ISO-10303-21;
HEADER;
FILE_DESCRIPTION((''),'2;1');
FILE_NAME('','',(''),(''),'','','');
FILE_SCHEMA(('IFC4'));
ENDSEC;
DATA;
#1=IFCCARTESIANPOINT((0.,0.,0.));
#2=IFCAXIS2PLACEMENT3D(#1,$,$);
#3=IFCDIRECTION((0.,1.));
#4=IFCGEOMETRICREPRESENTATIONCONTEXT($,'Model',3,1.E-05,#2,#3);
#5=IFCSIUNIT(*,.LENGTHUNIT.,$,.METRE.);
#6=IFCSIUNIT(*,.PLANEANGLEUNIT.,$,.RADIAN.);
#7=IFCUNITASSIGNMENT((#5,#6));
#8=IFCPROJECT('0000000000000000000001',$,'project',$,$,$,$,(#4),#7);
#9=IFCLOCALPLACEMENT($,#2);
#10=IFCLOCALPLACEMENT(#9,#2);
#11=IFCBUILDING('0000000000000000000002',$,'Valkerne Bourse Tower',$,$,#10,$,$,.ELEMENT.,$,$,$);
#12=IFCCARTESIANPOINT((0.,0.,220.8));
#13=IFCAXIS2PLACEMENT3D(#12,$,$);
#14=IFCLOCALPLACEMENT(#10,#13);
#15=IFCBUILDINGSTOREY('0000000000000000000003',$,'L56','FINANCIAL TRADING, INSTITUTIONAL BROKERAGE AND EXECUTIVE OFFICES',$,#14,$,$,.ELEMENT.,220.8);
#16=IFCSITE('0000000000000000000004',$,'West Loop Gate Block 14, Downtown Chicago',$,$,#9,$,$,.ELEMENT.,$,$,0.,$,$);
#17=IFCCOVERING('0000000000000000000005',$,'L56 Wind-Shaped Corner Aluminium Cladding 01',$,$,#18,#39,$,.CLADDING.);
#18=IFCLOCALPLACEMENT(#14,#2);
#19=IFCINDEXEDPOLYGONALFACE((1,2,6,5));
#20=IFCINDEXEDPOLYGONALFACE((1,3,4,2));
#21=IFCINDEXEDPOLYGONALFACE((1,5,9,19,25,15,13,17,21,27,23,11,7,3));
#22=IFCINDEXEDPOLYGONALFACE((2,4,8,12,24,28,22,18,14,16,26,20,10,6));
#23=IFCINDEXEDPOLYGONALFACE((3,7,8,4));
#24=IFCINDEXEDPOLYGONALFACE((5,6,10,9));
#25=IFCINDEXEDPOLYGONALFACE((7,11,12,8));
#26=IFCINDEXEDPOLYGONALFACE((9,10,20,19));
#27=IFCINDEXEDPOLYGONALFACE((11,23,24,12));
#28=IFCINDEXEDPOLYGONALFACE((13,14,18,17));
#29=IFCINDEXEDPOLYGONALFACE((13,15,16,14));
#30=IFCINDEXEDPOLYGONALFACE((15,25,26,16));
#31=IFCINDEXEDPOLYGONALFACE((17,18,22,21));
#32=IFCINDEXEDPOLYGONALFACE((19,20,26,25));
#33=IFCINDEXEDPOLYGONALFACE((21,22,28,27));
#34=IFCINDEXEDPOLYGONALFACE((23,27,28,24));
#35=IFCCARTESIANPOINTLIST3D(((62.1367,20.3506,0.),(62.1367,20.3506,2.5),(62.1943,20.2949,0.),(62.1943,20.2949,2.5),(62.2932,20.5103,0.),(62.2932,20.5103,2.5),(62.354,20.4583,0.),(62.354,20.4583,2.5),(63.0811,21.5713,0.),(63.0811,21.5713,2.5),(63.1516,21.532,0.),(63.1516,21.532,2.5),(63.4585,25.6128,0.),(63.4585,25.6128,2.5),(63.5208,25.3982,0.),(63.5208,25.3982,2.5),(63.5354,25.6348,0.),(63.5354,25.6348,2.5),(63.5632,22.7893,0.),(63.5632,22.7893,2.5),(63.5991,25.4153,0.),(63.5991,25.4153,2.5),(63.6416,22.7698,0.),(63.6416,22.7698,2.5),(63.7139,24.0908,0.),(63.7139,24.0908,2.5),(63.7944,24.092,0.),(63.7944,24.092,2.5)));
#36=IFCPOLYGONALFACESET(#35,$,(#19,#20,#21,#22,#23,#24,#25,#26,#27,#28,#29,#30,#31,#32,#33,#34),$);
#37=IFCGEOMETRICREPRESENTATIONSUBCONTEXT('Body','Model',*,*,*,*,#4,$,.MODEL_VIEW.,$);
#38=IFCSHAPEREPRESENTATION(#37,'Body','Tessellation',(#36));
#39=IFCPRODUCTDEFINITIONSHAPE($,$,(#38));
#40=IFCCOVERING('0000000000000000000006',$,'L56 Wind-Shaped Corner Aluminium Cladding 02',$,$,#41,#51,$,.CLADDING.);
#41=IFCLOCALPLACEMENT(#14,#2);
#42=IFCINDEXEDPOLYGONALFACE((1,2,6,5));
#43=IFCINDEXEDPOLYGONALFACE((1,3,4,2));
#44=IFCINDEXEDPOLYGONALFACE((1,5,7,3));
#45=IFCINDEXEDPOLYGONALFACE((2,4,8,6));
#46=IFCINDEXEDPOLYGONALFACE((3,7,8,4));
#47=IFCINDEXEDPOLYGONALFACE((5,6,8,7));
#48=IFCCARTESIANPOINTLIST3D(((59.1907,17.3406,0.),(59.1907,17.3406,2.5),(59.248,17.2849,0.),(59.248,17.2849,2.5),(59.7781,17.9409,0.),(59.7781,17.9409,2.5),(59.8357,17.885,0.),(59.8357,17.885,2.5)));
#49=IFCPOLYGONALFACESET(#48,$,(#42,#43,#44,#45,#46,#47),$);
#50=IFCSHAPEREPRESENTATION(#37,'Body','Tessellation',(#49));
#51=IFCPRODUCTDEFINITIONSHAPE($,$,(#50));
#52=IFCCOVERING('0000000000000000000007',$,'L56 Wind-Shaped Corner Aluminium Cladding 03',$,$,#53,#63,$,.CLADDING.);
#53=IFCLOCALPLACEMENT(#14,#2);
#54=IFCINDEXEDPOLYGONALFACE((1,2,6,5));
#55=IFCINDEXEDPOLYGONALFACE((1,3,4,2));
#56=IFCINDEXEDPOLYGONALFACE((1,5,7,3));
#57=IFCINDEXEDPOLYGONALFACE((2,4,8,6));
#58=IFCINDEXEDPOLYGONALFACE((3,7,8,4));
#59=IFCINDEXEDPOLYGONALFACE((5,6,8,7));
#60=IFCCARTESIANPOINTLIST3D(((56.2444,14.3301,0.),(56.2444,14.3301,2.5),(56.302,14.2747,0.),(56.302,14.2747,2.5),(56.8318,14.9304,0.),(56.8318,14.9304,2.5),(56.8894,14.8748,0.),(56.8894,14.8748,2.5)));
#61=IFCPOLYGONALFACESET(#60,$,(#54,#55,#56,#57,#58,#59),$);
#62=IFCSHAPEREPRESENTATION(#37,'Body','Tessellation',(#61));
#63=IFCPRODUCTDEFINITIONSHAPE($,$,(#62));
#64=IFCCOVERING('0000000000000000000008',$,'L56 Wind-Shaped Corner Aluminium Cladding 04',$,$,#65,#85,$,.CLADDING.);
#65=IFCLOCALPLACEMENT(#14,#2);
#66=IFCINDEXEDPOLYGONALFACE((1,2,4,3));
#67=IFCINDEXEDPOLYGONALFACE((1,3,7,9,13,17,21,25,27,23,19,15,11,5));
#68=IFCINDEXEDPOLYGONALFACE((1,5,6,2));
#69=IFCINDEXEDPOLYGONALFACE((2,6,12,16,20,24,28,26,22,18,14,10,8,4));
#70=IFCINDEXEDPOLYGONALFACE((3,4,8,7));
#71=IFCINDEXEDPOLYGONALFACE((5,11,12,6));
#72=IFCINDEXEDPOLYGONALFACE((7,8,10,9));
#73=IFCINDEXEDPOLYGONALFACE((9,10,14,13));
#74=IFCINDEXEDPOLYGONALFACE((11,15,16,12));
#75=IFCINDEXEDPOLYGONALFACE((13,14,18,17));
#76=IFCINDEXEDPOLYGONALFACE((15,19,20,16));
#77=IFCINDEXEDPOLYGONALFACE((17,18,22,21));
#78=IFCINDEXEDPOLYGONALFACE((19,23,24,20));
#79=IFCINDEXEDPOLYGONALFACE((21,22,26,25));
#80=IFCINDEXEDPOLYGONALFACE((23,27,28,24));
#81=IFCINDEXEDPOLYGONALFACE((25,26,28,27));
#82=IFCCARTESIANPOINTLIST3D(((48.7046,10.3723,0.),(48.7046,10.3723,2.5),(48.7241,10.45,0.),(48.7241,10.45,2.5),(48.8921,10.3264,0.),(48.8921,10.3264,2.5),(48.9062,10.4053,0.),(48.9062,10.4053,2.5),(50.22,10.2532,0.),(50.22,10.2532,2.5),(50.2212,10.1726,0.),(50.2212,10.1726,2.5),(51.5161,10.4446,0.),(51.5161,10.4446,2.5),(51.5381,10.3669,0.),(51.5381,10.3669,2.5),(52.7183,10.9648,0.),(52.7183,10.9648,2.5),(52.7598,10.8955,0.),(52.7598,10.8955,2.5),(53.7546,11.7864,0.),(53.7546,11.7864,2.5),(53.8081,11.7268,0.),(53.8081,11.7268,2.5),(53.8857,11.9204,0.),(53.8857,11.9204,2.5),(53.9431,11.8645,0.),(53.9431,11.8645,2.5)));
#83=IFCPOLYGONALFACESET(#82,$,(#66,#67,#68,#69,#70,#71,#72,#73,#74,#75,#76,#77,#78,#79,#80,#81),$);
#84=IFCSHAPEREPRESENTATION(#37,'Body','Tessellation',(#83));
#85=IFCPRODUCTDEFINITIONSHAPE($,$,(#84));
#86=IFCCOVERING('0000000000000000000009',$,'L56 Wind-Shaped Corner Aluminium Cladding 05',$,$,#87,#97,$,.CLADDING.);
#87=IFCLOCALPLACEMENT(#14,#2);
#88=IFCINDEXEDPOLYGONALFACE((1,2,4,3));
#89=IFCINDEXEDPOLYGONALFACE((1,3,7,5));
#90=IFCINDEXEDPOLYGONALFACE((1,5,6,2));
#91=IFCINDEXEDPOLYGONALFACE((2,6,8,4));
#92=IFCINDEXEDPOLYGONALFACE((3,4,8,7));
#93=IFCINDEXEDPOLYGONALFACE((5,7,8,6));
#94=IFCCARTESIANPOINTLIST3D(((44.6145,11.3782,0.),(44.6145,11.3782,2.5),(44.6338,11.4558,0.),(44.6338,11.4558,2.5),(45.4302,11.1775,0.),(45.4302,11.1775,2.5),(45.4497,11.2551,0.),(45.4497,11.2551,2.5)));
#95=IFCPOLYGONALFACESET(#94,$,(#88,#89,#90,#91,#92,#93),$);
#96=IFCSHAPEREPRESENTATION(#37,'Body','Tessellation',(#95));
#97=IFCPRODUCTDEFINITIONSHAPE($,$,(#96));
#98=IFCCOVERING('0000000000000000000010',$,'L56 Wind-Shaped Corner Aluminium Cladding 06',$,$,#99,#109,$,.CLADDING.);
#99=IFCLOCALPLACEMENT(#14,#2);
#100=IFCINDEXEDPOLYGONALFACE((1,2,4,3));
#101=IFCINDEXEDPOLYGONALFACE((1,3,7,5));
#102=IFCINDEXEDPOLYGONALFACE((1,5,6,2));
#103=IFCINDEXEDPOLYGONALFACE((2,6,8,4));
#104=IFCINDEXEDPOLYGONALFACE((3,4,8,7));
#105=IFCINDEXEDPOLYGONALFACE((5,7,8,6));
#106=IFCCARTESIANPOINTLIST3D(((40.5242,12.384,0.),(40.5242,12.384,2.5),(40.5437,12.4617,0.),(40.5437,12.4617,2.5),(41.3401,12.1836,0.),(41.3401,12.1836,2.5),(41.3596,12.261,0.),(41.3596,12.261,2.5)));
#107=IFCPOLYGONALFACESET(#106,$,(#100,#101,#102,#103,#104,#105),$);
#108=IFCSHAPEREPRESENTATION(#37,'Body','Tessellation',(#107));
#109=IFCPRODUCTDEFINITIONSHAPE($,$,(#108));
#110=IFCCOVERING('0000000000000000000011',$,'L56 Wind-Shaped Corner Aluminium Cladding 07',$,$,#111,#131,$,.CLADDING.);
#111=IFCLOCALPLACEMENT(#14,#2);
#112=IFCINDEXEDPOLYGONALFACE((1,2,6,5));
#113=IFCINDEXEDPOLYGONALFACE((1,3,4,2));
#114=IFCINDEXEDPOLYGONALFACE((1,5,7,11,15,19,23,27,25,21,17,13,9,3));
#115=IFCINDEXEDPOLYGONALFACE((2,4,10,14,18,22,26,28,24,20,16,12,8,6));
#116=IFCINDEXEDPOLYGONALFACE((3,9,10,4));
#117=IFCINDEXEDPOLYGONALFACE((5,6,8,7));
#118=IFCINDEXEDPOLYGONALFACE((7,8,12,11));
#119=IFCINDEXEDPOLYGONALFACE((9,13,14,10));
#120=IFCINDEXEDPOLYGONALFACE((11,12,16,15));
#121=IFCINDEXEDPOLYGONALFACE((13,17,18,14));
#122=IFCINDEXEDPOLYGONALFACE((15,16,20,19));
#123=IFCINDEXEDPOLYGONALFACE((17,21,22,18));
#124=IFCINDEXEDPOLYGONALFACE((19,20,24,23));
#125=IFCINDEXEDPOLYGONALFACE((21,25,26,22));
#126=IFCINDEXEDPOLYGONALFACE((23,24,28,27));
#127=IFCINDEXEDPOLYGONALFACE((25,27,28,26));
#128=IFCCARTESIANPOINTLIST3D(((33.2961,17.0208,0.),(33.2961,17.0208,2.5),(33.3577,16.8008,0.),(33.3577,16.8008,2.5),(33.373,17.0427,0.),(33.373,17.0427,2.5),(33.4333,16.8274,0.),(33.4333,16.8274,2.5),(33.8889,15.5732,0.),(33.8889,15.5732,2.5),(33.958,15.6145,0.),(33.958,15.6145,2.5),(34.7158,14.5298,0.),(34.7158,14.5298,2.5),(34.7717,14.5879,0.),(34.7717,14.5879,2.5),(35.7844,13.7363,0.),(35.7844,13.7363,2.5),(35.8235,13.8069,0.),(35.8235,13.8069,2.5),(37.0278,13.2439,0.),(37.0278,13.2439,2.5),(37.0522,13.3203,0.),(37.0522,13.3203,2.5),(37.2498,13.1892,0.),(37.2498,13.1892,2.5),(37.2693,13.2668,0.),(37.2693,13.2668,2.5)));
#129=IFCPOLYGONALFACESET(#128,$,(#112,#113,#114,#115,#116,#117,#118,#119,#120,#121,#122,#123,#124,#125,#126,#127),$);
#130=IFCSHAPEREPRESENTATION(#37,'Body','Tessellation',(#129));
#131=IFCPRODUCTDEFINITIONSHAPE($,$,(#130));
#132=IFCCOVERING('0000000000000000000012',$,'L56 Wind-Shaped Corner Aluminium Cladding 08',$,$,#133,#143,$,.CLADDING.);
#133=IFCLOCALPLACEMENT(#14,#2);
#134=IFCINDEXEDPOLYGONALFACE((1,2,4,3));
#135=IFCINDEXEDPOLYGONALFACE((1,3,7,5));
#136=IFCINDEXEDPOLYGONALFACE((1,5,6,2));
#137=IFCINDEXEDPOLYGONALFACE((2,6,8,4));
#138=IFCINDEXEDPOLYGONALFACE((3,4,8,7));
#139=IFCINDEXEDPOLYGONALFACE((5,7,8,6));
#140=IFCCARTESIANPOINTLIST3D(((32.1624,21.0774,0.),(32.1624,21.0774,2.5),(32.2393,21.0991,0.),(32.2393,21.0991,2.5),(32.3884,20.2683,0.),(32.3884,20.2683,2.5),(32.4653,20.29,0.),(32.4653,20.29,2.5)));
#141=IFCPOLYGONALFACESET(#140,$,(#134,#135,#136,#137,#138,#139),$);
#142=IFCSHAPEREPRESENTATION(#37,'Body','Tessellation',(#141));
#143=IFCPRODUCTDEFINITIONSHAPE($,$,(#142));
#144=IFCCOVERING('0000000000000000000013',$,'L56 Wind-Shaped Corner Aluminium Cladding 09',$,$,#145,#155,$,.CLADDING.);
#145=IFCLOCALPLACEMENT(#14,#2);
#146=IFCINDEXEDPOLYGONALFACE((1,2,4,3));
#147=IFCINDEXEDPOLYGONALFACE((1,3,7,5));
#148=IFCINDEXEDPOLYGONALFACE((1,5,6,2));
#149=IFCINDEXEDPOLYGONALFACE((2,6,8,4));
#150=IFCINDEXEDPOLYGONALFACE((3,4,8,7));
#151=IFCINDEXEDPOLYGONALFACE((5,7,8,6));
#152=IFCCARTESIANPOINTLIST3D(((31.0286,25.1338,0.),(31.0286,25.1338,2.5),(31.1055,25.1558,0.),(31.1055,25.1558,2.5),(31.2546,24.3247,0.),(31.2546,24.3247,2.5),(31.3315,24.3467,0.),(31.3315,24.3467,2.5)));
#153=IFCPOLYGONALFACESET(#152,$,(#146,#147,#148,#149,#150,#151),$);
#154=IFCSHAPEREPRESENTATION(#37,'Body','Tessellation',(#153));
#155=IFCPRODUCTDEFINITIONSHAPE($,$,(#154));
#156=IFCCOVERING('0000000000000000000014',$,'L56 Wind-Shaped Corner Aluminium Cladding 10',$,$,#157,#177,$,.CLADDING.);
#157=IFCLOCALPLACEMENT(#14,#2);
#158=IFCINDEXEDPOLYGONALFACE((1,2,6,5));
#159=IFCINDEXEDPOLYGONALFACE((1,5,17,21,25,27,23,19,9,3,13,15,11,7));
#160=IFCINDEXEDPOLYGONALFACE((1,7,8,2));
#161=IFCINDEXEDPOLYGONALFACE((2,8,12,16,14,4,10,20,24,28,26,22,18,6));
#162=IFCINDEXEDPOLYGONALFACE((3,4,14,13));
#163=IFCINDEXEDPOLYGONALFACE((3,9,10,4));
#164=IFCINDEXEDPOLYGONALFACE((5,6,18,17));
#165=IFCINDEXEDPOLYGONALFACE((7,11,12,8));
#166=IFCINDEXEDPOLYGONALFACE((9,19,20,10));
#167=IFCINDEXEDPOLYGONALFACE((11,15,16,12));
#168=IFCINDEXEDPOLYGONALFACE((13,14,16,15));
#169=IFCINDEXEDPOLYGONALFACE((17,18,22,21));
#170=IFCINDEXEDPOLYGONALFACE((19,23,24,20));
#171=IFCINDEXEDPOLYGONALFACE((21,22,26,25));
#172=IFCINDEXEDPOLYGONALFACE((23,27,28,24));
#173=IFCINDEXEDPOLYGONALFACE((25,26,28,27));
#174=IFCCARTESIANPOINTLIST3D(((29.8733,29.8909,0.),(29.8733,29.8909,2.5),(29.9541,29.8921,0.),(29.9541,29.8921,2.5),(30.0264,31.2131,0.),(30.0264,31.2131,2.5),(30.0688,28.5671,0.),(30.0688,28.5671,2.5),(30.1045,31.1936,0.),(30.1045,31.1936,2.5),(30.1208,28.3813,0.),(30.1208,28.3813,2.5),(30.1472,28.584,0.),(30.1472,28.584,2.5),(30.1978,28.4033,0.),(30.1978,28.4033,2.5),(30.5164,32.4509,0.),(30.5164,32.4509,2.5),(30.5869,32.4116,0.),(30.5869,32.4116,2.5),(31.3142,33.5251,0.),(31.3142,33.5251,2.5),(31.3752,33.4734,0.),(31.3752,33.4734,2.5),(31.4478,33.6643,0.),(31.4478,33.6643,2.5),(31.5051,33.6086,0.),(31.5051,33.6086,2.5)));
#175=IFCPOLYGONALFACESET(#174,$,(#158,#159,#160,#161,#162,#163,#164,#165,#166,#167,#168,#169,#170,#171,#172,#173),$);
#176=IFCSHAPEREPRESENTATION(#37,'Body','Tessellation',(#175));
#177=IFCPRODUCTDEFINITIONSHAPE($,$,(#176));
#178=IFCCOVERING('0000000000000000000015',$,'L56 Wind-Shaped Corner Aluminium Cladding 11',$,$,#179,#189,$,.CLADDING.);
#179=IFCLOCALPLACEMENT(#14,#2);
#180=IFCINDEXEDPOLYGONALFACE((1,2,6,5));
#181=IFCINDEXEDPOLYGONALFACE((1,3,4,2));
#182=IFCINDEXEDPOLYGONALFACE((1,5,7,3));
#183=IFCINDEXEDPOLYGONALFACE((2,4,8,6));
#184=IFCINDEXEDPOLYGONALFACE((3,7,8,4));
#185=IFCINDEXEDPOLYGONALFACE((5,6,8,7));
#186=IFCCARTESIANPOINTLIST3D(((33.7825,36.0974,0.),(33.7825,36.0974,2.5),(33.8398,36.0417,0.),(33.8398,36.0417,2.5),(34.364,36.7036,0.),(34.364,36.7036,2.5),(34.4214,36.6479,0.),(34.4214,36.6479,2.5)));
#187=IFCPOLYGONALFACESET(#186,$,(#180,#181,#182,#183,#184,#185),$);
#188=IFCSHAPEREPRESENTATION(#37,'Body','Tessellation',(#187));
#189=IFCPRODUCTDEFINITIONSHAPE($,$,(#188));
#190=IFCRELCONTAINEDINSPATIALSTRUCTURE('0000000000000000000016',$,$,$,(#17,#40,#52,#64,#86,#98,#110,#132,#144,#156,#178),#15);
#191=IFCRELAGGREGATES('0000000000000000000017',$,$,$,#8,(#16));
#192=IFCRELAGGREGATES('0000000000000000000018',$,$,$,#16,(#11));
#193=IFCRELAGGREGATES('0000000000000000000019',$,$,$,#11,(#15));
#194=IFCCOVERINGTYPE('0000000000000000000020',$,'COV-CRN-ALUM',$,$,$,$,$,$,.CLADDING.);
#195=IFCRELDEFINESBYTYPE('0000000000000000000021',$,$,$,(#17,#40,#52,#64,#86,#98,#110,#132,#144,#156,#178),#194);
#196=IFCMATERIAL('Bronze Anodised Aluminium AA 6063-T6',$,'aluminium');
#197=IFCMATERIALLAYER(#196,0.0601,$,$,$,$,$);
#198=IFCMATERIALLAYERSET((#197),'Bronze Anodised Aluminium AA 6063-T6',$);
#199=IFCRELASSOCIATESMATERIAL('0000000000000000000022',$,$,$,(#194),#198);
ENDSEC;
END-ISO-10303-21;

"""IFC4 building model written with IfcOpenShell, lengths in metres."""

from ifc_helpers import new_model, si_unit, direction, frame, origin, place, context, subcontext, project, spatial, polyline, outline, extrude, material, layer, layer_set, type_object, element, save


model = new_model("IFC4")

# Units and contexts
model_context = context("Model", 3, precision=1e-05, world=origin(), true_north=direction((0.0, 1.0)))
body_context = subcontext(model_context, "Body", "Model", "MODEL_VIEW")
ifc_project = project(units=[si_unit("LENGTHUNIT", "METRE"), si_unit("PLANEANGLEUNIT", "RADIAN")], contexts=[model_context])

# Site, building, storey
site_placement = place(None, origin())
site = spatial("IfcSite", under=ifc_project, at=site_placement, Name="West Loop Gate Block 14, Downtown Chicago", CompositionType="ELEMENT", RefElevation=0.0)
building_placement = place(site_placement, origin())
building = spatial("IfcBuilding", under=site, at=building_placement, Name="Valkerne Bourse Tower", CompositionType="ELEMENT")
storey_placement = place(building_placement, frame((0.0, 0.0, 220.8)))
storey = spatial("IfcBuildingStorey", under=building, at=storey_placement, Name="L56", Description="FINANCIAL TRADING, INSTITUTIONAL BROKERAGE AND EXECUTIVE OFFICES", CompositionType="ELEMENT", Elevation=220.8)

# Coverings
ifc_material_1 = material(Name="Bronze Anodised Aluminium AA 6063-T6", Category="aluminium")
ifc_layer_1 = layer(ifc_material_1, 0.0601)
ifc_layer_set_1 = layer_set([ifc_layer_1], Name="Bronze Anodised Aluminium AA 6063-T6")
covering_type = type_object("IfcCoveringType", Name="COV-CRN-ALUM", PredefinedType="CLADDING", material=ifc_layer_set_1)
covering_1_placement = place(storey_placement, origin())
element("IfcCovering", 1, at=covering_1_placement, inside=storey, type_object=covering_type, Name="L56 Wind-Shaped Corner Aluminium Cladding 01", PredefinedType="CLADDING", context=body_context, shape_type="SweptSolid", body=[
    extrude(outline(polyline([(63.7944, 24.092), (63.6416, 22.7698), (63.1516, 21.532), (62.354, 20.4583), (62.1943, 20.2949), (62.1367, 20.3506), (62.2932, 20.5103), (63.0811, 21.5713), (63.5632, 22.7893), (63.7139, 24.0908), (63.5208, 25.3982), (63.4585, 25.6128), (63.5354, 25.6348), (63.5991, 25.4153), (63.7944, 24.092)])), origin(), (0.0, 0.0, 1.0), 2.5),
])
covering_2_placement = place(storey_placement, origin())
element("IfcCovering", 2, at=covering_2_placement, inside=storey, type_object=covering_type, Name="L56 Wind-Shaped Corner Aluminium Cladding 02", PredefinedType="CLADDING", context=body_context, shape_type="SweptSolid", body=[
    extrude(outline(polyline([(59.248, 17.2849), (59.1907, 17.3406), (59.7781, 17.9409), (59.8357, 17.885), (59.248, 17.2849)])), origin(), (0.0, 0.0, 1.0), 2.5),
])
covering_3_placement = place(storey_placement, origin())
element("IfcCovering", 3, at=covering_3_placement, inside=storey, type_object=covering_type, Name="L56 Wind-Shaped Corner Aluminium Cladding 03", PredefinedType="CLADDING", context=body_context, shape_type="SweptSolid", body=[
    extrude(outline(polyline([(56.302, 14.2747), (56.2444, 14.3301), (56.8318, 14.9304), (56.8894, 14.8748), (56.302, 14.2747)])), origin(), (0.0, 0.0, 1.0), 2.5),
])
covering_4_placement = place(storey_placement, origin())
element("IfcCovering", 4, at=covering_4_placement, inside=storey, type_object=covering_type, Name="L56 Wind-Shaped Corner Aluminium Cladding 04", PredefinedType="CLADDING", context=body_context, shape_type="SweptSolid", body=[
    extrude(outline(polyline([(53.8081, 11.7268), (52.7598, 10.8955), (51.5381, 10.3669), (50.2212, 10.1726), (48.8921, 10.3264), (48.7046, 10.3723), (48.7241, 10.45), (48.9062, 10.4053), (50.22, 10.2532), (51.5161, 10.4446), (52.7183, 10.9648), (53.7546, 11.7864), (53.8857, 11.9204), (53.9431, 11.8645), (53.8081, 11.7268)])), origin(), (0.0, 0.0, 1.0), 2.5),
])
covering_5_placement = place(storey_placement, origin())
element("IfcCovering", 5, at=covering_5_placement, inside=storey, type_object=covering_type, Name="L56 Wind-Shaped Corner Aluminium Cladding 05", PredefinedType="CLADDING", context=body_context, shape_type="SweptSolid", body=[
    extrude(outline(polyline([(44.6145, 11.3782), (44.6338, 11.4558), (45.4497, 11.2551), (45.4302, 11.1775), (44.6145, 11.3782)])), origin(), (0.0, 0.0, 1.0), 2.5),
])
covering_6_placement = place(storey_placement, origin())
element("IfcCovering", 6, at=covering_6_placement, inside=storey, type_object=covering_type, Name="L56 Wind-Shaped Corner Aluminium Cladding 06", PredefinedType="CLADDING", context=body_context, shape_type="SweptSolid", body=[
    extrude(outline(polyline([(40.5242, 12.384), (40.5437, 12.4617), (41.3596, 12.261), (41.3401, 12.1836), (40.5242, 12.384)])), origin(), (0.0, 0.0, 1.0), 2.5),
])
covering_7_placement = place(storey_placement, origin())
element("IfcCovering", 7, at=covering_7_placement, inside=storey, type_object=covering_type, Name="L56 Wind-Shaped Corner Aluminium Cladding 07", PredefinedType="CLADDING", context=body_context, shape_type="SweptSolid", body=[
    extrude(outline(polyline([(37.0278, 13.2439), (35.7844, 13.7363), (34.7158, 14.5298), (33.8889, 15.5732), (33.3577, 16.8008), (33.2961, 17.0208), (33.373, 17.0427), (33.4333, 16.8274), (33.958, 15.6145), (34.7717, 14.5879), (35.8235, 13.8069), (37.0522, 13.3203), (37.2693, 13.2668), (37.2498, 13.1892), (37.0278, 13.2439)])), origin(), (0.0, 0.0, 1.0), 2.5),
])
covering_8_placement = place(storey_placement, origin())
element("IfcCovering", 8, at=covering_8_placement, inside=storey, type_object=covering_type, Name="L56 Wind-Shaped Corner Aluminium Cladding 08", PredefinedType="CLADDING", context=body_context, shape_type="SweptSolid", body=[
    extrude(outline(polyline([(32.1624, 21.0774), (32.2393, 21.0991), (32.4653, 20.29), (32.3884, 20.2683), (32.1624, 21.0774)])), origin(), (0.0, 0.0, 1.0), 2.5),
])
covering_9_placement = place(storey_placement, origin())
element("IfcCovering", 9, at=covering_9_placement, inside=storey, type_object=covering_type, Name="L56 Wind-Shaped Corner Aluminium Cladding 09", PredefinedType="CLADDING", context=body_context, shape_type="SweptSolid", body=[
    extrude(outline(polyline([(31.0286, 25.1338), (31.1055, 25.1558), (31.3315, 24.3467), (31.2546, 24.3247), (31.0286, 25.1338)])), origin(), (0.0, 0.0, 1.0), 2.5),
])
covering_10_placement = place(storey_placement, origin())
element("IfcCovering", 10, at=covering_10_placement, inside=storey, type_object=covering_type, Name="L56 Wind-Shaped Corner Aluminium Cladding 10", PredefinedType="CLADDING", context=body_context, shape_type="SweptSolid", body=[
    extrude(outline(polyline([(30.0688, 28.5671), (29.8733, 29.8909), (30.0264, 31.2131), (30.5164, 32.4509), (31.3142, 33.5251), (31.4478, 33.6643), (31.5051, 33.6086), (31.3752, 33.4734), (30.5869, 32.4116), (30.1045, 31.1936), (29.9541, 29.8921), (30.1472, 28.584), (30.1978, 28.4033), (30.1208, 28.3813), (30.0688, 28.5671)])), origin(), (0.0, 0.0, 1.0), 2.5),
])
covering_11_placement = place(storey_placement, origin())
element("IfcCovering", 11, at=covering_11_placement, inside=storey, type_object=covering_type, Name="L56 Wind-Shaped Corner Aluminium Cladding 11", PredefinedType="CLADDING", context=body_context, shape_type="SweptSolid", body=[
    extrude(outline(polyline([(34.364, 36.7036), (34.4214, 36.6479), (33.8398, 36.0417), (33.7825, 36.0974), (34.364, 36.7036)])), origin(), (0.0, 0.0, 1.0), 2.5),
])

save(model, "model.ifc")
